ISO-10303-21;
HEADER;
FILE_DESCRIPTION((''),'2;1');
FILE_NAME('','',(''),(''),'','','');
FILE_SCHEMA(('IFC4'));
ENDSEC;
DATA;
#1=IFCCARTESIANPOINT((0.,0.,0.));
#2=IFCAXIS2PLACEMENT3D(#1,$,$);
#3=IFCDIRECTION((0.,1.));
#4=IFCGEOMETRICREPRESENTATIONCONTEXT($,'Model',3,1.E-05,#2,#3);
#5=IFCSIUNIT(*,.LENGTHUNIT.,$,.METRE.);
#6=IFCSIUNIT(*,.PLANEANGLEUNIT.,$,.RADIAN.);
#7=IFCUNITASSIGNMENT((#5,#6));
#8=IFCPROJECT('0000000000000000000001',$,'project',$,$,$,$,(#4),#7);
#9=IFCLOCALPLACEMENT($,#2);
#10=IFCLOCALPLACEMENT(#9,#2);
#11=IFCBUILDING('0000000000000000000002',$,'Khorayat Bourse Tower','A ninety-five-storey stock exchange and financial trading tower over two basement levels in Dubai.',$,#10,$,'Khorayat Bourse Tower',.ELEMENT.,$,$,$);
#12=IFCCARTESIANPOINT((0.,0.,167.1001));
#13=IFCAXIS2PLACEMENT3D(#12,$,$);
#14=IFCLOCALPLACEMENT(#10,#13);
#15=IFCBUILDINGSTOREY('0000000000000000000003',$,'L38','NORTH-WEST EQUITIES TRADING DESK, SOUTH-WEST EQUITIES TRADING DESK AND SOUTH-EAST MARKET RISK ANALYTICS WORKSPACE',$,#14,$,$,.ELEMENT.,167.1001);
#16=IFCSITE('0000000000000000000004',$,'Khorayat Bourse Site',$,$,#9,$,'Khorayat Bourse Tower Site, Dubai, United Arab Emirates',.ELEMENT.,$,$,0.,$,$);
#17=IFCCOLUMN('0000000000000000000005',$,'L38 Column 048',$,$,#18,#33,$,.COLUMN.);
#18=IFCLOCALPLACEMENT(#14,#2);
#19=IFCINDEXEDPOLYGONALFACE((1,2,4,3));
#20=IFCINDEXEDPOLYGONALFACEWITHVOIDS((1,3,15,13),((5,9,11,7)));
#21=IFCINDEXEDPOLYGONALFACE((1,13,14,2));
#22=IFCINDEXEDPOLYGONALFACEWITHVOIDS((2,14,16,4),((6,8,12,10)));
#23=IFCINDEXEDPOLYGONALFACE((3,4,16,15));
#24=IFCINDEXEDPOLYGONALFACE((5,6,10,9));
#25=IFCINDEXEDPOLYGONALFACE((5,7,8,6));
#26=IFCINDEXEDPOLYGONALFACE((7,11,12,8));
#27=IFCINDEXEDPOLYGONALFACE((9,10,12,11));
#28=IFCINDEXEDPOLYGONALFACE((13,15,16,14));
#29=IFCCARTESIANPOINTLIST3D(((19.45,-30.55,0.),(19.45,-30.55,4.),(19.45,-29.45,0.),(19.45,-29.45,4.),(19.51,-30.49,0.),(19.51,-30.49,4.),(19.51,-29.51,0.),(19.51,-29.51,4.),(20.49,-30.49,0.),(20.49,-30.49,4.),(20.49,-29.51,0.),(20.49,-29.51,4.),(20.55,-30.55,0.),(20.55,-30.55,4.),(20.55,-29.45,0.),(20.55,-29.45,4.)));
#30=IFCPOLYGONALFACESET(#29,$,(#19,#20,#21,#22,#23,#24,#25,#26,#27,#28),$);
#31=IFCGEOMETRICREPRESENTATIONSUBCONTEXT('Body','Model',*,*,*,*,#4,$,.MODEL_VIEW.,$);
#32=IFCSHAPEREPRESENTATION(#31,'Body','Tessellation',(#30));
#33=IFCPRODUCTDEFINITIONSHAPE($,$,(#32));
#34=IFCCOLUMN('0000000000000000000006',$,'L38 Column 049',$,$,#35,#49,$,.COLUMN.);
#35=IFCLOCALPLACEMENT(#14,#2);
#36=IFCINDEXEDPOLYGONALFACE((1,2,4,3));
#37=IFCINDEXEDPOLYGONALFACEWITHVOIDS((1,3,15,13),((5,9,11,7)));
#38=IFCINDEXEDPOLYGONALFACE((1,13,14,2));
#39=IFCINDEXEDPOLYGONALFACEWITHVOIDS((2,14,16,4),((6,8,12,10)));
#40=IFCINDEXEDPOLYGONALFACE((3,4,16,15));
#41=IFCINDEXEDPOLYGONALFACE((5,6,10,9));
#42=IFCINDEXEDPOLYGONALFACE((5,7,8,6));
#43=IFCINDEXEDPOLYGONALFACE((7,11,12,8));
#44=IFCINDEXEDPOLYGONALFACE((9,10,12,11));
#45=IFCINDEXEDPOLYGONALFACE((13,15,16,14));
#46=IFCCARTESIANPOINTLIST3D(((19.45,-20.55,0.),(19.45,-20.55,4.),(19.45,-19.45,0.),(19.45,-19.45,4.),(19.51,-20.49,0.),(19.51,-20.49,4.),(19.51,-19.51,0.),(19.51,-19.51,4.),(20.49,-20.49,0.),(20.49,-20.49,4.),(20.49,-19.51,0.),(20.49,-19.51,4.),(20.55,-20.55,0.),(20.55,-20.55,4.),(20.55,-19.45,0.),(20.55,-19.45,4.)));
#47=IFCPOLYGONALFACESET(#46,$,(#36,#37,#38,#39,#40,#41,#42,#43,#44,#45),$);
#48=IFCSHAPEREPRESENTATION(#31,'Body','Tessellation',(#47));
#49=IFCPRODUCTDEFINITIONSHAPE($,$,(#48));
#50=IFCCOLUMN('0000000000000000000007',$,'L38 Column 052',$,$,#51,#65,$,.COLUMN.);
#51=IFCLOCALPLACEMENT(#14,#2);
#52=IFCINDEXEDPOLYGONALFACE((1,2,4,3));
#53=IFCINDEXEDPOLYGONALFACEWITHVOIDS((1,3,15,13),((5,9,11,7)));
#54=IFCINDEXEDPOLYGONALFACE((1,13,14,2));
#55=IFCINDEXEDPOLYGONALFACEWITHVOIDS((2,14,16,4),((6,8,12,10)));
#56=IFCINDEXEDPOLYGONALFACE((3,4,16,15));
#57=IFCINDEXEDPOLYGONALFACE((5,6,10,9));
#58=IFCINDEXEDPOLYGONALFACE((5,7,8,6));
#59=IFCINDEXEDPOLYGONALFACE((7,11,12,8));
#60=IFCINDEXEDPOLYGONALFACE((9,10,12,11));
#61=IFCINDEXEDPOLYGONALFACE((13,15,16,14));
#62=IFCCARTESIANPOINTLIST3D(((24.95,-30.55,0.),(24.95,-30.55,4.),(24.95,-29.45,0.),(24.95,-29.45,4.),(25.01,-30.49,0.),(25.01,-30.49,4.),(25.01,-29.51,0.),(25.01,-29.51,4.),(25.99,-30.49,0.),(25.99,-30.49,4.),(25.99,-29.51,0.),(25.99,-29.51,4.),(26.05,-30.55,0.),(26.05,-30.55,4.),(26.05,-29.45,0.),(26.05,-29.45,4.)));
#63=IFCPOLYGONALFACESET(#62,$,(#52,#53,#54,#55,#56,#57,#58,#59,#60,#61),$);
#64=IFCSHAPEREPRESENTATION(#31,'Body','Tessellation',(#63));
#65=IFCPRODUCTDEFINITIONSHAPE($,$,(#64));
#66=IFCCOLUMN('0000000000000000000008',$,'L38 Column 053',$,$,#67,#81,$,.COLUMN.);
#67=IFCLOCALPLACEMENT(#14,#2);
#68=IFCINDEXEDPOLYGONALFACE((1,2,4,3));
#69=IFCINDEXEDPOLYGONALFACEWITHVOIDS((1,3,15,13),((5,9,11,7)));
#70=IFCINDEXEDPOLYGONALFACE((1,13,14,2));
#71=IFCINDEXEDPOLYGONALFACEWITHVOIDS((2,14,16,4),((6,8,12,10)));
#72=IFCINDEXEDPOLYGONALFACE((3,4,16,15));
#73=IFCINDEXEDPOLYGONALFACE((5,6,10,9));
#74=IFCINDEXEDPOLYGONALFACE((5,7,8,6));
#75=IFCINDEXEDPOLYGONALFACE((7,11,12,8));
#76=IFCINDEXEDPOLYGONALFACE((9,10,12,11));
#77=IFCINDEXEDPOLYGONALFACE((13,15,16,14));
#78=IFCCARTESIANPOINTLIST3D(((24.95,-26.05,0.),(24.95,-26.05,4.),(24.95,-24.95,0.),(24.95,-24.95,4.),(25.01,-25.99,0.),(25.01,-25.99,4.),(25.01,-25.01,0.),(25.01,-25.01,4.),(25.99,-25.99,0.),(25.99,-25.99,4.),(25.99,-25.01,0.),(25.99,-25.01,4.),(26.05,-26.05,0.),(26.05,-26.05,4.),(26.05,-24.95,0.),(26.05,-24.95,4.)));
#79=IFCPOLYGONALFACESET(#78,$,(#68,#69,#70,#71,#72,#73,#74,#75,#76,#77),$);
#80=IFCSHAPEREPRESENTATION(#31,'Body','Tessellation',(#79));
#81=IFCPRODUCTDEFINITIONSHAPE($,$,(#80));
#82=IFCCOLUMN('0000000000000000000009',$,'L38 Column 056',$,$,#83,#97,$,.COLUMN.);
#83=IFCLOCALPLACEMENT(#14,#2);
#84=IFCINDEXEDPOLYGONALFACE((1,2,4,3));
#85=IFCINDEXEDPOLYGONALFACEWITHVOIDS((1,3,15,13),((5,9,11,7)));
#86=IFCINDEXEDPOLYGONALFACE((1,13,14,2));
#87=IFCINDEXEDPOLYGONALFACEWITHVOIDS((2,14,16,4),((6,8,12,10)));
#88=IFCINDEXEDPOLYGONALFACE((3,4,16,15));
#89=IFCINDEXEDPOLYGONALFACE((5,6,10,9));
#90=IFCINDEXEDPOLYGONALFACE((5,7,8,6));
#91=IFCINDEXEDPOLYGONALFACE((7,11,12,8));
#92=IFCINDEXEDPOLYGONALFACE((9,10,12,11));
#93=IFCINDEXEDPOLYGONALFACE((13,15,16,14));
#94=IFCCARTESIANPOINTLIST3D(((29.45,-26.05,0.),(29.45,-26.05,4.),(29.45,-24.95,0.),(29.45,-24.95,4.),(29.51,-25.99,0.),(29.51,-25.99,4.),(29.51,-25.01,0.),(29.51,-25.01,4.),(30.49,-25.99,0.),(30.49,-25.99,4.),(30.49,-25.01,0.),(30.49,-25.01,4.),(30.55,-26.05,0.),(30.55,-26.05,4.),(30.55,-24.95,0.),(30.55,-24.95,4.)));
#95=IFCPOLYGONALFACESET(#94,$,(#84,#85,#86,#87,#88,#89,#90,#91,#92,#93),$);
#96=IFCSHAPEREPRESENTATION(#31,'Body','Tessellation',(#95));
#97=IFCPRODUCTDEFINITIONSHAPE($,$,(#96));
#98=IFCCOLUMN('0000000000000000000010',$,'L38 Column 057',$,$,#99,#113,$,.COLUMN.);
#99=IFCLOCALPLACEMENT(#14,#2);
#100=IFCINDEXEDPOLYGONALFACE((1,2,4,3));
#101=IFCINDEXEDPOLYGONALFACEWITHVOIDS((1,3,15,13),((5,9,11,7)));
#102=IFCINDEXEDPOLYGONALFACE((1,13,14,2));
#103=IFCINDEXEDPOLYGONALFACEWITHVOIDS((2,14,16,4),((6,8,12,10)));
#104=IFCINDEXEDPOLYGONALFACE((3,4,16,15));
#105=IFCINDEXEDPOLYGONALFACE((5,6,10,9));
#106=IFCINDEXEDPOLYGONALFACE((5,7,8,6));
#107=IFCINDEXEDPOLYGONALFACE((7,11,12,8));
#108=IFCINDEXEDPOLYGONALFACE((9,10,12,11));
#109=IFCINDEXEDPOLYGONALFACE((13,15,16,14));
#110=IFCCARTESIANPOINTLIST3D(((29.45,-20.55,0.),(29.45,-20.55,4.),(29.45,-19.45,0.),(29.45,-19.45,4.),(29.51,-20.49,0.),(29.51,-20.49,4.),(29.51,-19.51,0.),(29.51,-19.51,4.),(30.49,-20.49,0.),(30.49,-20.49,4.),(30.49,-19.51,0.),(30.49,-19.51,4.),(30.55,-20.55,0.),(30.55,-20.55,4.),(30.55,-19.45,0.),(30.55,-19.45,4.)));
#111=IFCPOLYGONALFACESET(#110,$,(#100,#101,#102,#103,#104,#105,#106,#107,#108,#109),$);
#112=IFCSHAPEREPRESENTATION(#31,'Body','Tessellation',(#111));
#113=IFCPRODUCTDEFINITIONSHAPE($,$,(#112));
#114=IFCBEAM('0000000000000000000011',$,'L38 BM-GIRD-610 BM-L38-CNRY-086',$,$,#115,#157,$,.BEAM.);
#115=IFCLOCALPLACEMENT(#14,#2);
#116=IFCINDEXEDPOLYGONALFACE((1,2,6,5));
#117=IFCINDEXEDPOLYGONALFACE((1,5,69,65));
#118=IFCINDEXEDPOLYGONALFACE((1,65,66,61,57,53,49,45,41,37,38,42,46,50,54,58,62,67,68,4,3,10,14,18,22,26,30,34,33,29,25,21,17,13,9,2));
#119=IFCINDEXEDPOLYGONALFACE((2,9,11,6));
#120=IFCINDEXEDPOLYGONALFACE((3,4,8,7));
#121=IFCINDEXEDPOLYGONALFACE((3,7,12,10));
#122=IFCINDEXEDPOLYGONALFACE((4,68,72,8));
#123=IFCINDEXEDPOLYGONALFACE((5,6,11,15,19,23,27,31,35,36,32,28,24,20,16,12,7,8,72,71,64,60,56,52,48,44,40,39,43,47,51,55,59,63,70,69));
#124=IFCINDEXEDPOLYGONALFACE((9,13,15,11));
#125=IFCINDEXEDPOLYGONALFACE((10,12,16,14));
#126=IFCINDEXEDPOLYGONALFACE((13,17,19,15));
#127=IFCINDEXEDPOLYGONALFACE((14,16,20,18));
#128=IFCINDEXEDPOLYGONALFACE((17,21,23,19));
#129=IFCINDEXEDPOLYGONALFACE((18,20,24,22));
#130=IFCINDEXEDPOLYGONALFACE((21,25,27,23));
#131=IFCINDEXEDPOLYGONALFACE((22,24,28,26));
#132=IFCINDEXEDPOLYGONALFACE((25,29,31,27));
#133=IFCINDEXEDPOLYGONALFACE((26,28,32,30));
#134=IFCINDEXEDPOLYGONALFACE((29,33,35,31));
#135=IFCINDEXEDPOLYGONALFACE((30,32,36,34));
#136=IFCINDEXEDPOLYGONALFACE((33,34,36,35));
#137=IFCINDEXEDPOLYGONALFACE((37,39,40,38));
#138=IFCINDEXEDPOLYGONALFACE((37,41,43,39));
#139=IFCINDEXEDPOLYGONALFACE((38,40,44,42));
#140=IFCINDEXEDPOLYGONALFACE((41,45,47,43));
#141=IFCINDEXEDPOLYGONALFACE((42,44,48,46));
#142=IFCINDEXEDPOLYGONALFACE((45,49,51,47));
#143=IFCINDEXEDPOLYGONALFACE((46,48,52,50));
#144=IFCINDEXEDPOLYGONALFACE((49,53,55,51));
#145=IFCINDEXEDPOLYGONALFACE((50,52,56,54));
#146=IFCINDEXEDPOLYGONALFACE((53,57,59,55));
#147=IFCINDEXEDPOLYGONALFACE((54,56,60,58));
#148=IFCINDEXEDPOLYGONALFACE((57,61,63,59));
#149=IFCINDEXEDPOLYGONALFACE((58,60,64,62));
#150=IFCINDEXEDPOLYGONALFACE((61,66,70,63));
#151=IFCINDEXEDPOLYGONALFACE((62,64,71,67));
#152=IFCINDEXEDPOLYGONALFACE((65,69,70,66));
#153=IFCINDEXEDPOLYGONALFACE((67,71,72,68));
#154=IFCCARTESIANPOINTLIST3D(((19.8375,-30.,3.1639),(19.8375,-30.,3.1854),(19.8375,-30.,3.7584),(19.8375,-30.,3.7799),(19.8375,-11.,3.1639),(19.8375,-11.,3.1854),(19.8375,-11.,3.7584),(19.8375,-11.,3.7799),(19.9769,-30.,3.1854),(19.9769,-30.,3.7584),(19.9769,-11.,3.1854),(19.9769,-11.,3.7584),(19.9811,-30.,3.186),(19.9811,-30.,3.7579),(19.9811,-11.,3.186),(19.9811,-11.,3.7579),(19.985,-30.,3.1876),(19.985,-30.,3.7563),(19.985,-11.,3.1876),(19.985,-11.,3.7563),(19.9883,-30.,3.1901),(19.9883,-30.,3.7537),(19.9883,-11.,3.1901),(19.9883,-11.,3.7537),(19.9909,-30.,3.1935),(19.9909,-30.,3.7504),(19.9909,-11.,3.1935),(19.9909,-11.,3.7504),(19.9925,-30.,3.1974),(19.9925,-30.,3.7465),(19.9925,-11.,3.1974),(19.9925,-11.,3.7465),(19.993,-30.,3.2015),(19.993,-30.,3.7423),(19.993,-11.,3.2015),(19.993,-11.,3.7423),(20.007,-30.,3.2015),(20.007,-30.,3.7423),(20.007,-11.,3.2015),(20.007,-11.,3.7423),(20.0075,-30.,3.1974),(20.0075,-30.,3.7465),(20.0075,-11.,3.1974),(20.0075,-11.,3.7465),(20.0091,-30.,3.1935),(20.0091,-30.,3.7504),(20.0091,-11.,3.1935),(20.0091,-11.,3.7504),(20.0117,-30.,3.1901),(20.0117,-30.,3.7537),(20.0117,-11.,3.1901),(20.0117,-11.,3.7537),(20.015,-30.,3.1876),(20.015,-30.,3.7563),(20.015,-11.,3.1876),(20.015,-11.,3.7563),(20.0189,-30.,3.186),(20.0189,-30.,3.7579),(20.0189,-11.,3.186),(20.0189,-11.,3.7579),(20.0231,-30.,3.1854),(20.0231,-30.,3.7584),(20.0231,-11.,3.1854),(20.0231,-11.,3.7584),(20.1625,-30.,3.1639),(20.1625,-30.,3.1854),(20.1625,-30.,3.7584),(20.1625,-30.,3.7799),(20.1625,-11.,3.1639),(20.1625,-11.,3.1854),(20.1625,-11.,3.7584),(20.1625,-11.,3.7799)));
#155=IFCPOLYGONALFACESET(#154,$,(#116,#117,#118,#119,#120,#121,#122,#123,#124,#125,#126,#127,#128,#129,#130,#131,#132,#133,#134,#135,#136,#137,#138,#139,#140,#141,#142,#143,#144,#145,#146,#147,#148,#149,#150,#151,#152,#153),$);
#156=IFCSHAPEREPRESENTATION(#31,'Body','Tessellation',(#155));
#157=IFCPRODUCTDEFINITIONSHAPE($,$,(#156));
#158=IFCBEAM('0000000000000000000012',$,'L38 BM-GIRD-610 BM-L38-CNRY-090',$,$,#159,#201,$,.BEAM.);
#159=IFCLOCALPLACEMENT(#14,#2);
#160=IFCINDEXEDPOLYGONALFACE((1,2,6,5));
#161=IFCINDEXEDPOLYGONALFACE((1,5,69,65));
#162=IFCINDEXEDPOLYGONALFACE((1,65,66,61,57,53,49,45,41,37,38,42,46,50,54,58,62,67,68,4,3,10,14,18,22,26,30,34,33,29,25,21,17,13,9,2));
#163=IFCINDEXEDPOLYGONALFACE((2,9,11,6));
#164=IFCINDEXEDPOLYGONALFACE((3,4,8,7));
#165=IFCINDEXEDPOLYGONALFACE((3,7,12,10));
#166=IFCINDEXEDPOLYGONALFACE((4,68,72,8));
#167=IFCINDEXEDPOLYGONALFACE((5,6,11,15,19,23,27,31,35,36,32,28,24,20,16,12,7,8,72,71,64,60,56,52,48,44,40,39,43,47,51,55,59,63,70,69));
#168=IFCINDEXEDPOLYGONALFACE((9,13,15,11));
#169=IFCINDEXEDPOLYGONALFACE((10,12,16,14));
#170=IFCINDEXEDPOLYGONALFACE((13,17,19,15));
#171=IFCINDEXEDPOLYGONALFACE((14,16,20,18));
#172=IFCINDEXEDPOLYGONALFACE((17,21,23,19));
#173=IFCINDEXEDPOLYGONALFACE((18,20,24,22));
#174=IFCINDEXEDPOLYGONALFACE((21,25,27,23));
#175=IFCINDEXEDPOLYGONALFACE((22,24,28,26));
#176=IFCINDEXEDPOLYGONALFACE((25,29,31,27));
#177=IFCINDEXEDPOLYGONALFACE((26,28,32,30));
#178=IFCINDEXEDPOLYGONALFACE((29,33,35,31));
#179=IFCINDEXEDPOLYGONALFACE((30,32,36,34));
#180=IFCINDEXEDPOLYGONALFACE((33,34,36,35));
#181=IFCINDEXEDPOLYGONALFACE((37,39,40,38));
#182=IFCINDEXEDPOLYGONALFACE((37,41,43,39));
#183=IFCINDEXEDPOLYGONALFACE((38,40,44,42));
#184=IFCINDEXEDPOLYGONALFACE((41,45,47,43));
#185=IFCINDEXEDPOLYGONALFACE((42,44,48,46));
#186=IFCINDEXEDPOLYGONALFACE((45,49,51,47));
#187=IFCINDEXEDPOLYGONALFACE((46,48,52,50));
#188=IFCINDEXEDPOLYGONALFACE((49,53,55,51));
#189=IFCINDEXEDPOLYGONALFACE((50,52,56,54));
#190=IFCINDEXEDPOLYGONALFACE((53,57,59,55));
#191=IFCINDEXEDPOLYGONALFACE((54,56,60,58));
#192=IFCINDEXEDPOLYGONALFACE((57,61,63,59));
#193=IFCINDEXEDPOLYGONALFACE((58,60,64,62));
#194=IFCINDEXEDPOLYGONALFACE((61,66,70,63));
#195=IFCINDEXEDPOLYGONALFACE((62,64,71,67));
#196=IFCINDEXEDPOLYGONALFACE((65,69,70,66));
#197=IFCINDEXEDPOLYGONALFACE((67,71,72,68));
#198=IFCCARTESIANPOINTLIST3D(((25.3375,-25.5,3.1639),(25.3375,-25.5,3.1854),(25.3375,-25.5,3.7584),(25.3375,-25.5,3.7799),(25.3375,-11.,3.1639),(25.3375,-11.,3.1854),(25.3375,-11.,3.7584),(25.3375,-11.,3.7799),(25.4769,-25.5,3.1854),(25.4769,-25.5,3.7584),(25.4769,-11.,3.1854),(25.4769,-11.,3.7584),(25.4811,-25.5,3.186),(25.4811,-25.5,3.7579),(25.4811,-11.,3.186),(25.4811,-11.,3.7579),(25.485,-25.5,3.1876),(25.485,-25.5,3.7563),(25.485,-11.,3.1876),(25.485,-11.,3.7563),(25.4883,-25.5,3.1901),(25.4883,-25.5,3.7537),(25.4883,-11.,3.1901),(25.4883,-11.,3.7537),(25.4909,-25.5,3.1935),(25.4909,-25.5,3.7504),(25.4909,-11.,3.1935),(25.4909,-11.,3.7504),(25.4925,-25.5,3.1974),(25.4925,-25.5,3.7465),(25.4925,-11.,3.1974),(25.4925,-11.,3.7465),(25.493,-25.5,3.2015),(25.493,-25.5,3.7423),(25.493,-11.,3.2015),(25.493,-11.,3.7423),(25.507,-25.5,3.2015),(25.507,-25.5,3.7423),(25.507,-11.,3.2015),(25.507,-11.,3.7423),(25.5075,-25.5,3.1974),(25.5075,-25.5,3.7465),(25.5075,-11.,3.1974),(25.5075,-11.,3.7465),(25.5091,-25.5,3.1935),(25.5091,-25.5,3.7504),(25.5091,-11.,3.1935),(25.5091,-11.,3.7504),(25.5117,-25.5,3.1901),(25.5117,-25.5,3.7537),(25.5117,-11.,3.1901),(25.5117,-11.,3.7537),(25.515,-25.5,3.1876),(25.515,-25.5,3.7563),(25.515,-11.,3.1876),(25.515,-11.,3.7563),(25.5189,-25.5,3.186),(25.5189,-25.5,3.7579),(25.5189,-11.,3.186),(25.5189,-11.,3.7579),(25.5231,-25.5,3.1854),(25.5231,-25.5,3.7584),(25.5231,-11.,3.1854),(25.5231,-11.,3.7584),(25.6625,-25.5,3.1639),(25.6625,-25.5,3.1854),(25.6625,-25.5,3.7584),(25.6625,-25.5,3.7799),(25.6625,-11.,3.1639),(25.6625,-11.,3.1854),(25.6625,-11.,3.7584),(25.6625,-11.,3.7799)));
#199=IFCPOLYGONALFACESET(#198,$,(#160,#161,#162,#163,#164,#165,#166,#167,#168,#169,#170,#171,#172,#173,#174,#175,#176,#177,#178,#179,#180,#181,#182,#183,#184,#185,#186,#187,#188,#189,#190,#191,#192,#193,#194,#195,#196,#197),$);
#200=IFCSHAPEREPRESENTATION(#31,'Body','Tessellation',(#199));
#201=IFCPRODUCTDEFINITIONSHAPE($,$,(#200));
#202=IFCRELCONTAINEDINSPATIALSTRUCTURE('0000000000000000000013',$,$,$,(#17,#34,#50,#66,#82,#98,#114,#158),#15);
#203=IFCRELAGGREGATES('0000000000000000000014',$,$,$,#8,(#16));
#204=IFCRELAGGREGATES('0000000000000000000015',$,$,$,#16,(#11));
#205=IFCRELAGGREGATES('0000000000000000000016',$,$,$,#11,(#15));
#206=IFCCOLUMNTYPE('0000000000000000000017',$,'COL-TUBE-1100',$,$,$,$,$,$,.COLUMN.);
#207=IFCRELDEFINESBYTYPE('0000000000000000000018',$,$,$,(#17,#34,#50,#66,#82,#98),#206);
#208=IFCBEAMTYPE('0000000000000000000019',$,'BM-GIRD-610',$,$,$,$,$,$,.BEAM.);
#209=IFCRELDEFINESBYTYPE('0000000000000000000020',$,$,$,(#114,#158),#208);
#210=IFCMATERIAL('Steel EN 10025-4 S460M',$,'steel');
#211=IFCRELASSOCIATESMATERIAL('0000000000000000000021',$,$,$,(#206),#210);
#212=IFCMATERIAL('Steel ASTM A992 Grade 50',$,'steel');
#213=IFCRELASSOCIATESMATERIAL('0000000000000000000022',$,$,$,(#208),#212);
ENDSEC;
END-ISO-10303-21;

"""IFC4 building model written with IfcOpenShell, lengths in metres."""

from ifc_helpers import new_model, si_unit, direction, frame, origin, origin_2d, place, context, subcontext, project, spatial, hollow_rectangle, i_section, extrude, source, transform, mapped, material, material_profile, profile_set, type_object, element, save


model = new_model("IFC4")

# Units and contexts
model_context = context("Model", 3, precision=1e-05, world=origin(), true_north=direction((0.0, 1.0)))
body_context = subcontext(model_context, "Body", "Model", "MODEL_VIEW")
ifc_project = project(units=[si_unit("LENGTHUNIT", "METRE"), si_unit("PLANEANGLEUNIT", "RADIAN")], contexts=[model_context])

# Site, building, storey
site_placement = place(None, origin())
site = spatial("IfcSite", under=ifc_project, at=site_placement, Name="Khorayat Bourse Site", LongName="Khorayat Bourse Tower Site, Dubai, United Arab Emirates", CompositionType="ELEMENT", RefElevation=0.0)
building_placement = place(site_placement, origin())
building = spatial("IfcBuilding", under=site, at=building_placement, Name="Khorayat Bourse Tower", Description="A ninety-five-storey stock exchange and financial trading tower over two basement levels in Dubai.", LongName="Khorayat Bourse Tower", CompositionType="ELEMENT")
storey_placement = place(building_placement, frame((0.0, 0.0, 167.1001)))
storey = spatial("IfcBuildingStorey", under=building, at=storey_placement, Name="L38", Description="NORTH-WEST EQUITIES TRADING DESK, SOUTH-WEST EQUITIES TRADING DESK AND SOUTH-EAST MARKET RISK ANALYTICS WORKSPACE", CompositionType="ELEMENT", Elevation=167.1001)

# Columns
ifc_material_1 = material(Name="Steel EN 10025-4 S460M", Category="steel")
ifc_material_profile_1 = material_profile(ifc_material_1, hollow_rectangle(XDim=1.1001, YDim=1.1001, WallThickness=0.0601, at=origin_2d()), Name="BOX 1100x1100x60")
ifc_profile_set_1 = profile_set([ifc_material_profile_1], Name="Steel EN 10025-4 S460M")
column_type = type_object("IfcColumnType", Name="COL-TUBE-1100", PredefinedType="COLUMN", material=ifc_profile_set_1)
shared_shape_1 = source(origin(), body_context, "Body", "SweptSolid", [
    extrude(hollow_rectangle(XDim=1.1001, YDim=1.1001, WallThickness=0.0601, at=origin_2d()), origin(), (0.0, 0.0, 1.0), 4.0),
])
for number, where, z_axis, x_axis, name in (
    (1, (20.0, -30.0, 0.0), (0.0, 0.0, 1.0), (1.0, 0.0, 0.0), "L38 Column 048"),
    (2, (20.0, -20.0, 0.0), (0.0, 0.0, 1.0), (1.0, 0.0, 0.0), "L38 Column 049"),
    (3, (25.5, -30.0, 0.0), (0.0, 0.0, 1.0), (1.0, 0.0, 0.0), "L38 Column 052"),
    (4, (25.5, -25.5, 0.0), (0.0, 0.0, 1.0), (1.0, 0.0, 0.0), "L38 Column 053"),
    (5, (30.0, -25.5, 0.0), (0.0, 0.0, 1.0), (1.0, 0.0, 0.0), "L38 Column 056"),
    (6, (30.0, -20.0, 0.0), (0.0, 0.0, 1.0), (1.0, 0.0, 0.0), "L38 Column 057"),
):
    element("IfcColumn", number, at=place(storey_placement, frame(where, z_axis=z_axis, x_axis=x_axis)), inside=storey, type_object=column_type, Name=name, PredefinedType="COLUMN", context=body_context, shape_type="MappedRepresentation", body=[
        mapped(shared_shape_1, transform((0.0, 0.0, 0.0), scale=1.0)),
    ])

# Beams
ifc_material_2 = material(Name="Steel ASTM A992 Grade 50", Category="steel")
ifc_material_profile_2 = material_profile(ifc_material_2, i_section(OverallWidth=0.325, OverallDepth=0.616, WebThickness=0.0139, FlangeThickness=0.0215, FilletRadius=0.0161, at=origin_2d()), Name="W610X174")
ifc_profile_set_2 = profile_set([ifc_material_profile_2], Name="Steel ASTM A992 Grade 50")
beam_type_1 = type_object("IfcBeamType", Name="BM-GIRD-610", PredefinedType="BEAM", material=ifc_profile_set_2)
shared_shape_2 = source(origin(), body_context, "Body", "SweptSolid", [
    extrude(i_section(OverallWidth=0.325, OverallDepth=0.616, WebThickness=0.0139, FlangeThickness=0.0215, FilletRadius=0.0161, at=origin_2d()), origin(), (0.0, 0.0, 1.0), 19.0),
])
beam_1_placement = place(storey_placement, frame((20.0, -30.0, 3.4719), z_axis=(0.0, 1.0, 0.0), x_axis=(-1.0, 0.0, 0.0)))
element("IfcBeam", 7, at=beam_1_placement, inside=storey, type_object=beam_type_1, Name="L38 BM-GIRD-610 BM-L38-CNRY-086", PredefinedType="BEAM", context=body_context, shape_type="MappedRepresentation", body=[
    mapped(shared_shape_2, transform((0.0, 0.0, 0.0), scale=1.0)),
])
shared_shape_3 = source(origin(), body_context, "Body", "SweptSolid", [
    extrude(i_section(OverallWidth=0.325, OverallDepth=0.616, WebThickness=0.0139, FlangeThickness=0.0215, FilletRadius=0.0161, at=origin_2d()), origin(), (0.0, 0.0, 1.0), 14.5),
])
beam_2_placement = place(storey_placement, frame((25.5, -25.5, 3.4719), z_axis=(0.0, 1.0, 0.0), x_axis=(-1.0, 0.0, 0.0)))
element("IfcBeam", 8, at=beam_2_placement, inside=storey, type_object=beam_type_1, Name="L38 BM-GIRD-610 BM-L38-CNRY-090", PredefinedType="BEAM", context=body_context, shape_type="MappedRepresentation", body=[
    mapped(shared_shape_3, transform((0.0, 0.0, 0.0), scale=1.0)),
])

save(model, "model.ifc")
